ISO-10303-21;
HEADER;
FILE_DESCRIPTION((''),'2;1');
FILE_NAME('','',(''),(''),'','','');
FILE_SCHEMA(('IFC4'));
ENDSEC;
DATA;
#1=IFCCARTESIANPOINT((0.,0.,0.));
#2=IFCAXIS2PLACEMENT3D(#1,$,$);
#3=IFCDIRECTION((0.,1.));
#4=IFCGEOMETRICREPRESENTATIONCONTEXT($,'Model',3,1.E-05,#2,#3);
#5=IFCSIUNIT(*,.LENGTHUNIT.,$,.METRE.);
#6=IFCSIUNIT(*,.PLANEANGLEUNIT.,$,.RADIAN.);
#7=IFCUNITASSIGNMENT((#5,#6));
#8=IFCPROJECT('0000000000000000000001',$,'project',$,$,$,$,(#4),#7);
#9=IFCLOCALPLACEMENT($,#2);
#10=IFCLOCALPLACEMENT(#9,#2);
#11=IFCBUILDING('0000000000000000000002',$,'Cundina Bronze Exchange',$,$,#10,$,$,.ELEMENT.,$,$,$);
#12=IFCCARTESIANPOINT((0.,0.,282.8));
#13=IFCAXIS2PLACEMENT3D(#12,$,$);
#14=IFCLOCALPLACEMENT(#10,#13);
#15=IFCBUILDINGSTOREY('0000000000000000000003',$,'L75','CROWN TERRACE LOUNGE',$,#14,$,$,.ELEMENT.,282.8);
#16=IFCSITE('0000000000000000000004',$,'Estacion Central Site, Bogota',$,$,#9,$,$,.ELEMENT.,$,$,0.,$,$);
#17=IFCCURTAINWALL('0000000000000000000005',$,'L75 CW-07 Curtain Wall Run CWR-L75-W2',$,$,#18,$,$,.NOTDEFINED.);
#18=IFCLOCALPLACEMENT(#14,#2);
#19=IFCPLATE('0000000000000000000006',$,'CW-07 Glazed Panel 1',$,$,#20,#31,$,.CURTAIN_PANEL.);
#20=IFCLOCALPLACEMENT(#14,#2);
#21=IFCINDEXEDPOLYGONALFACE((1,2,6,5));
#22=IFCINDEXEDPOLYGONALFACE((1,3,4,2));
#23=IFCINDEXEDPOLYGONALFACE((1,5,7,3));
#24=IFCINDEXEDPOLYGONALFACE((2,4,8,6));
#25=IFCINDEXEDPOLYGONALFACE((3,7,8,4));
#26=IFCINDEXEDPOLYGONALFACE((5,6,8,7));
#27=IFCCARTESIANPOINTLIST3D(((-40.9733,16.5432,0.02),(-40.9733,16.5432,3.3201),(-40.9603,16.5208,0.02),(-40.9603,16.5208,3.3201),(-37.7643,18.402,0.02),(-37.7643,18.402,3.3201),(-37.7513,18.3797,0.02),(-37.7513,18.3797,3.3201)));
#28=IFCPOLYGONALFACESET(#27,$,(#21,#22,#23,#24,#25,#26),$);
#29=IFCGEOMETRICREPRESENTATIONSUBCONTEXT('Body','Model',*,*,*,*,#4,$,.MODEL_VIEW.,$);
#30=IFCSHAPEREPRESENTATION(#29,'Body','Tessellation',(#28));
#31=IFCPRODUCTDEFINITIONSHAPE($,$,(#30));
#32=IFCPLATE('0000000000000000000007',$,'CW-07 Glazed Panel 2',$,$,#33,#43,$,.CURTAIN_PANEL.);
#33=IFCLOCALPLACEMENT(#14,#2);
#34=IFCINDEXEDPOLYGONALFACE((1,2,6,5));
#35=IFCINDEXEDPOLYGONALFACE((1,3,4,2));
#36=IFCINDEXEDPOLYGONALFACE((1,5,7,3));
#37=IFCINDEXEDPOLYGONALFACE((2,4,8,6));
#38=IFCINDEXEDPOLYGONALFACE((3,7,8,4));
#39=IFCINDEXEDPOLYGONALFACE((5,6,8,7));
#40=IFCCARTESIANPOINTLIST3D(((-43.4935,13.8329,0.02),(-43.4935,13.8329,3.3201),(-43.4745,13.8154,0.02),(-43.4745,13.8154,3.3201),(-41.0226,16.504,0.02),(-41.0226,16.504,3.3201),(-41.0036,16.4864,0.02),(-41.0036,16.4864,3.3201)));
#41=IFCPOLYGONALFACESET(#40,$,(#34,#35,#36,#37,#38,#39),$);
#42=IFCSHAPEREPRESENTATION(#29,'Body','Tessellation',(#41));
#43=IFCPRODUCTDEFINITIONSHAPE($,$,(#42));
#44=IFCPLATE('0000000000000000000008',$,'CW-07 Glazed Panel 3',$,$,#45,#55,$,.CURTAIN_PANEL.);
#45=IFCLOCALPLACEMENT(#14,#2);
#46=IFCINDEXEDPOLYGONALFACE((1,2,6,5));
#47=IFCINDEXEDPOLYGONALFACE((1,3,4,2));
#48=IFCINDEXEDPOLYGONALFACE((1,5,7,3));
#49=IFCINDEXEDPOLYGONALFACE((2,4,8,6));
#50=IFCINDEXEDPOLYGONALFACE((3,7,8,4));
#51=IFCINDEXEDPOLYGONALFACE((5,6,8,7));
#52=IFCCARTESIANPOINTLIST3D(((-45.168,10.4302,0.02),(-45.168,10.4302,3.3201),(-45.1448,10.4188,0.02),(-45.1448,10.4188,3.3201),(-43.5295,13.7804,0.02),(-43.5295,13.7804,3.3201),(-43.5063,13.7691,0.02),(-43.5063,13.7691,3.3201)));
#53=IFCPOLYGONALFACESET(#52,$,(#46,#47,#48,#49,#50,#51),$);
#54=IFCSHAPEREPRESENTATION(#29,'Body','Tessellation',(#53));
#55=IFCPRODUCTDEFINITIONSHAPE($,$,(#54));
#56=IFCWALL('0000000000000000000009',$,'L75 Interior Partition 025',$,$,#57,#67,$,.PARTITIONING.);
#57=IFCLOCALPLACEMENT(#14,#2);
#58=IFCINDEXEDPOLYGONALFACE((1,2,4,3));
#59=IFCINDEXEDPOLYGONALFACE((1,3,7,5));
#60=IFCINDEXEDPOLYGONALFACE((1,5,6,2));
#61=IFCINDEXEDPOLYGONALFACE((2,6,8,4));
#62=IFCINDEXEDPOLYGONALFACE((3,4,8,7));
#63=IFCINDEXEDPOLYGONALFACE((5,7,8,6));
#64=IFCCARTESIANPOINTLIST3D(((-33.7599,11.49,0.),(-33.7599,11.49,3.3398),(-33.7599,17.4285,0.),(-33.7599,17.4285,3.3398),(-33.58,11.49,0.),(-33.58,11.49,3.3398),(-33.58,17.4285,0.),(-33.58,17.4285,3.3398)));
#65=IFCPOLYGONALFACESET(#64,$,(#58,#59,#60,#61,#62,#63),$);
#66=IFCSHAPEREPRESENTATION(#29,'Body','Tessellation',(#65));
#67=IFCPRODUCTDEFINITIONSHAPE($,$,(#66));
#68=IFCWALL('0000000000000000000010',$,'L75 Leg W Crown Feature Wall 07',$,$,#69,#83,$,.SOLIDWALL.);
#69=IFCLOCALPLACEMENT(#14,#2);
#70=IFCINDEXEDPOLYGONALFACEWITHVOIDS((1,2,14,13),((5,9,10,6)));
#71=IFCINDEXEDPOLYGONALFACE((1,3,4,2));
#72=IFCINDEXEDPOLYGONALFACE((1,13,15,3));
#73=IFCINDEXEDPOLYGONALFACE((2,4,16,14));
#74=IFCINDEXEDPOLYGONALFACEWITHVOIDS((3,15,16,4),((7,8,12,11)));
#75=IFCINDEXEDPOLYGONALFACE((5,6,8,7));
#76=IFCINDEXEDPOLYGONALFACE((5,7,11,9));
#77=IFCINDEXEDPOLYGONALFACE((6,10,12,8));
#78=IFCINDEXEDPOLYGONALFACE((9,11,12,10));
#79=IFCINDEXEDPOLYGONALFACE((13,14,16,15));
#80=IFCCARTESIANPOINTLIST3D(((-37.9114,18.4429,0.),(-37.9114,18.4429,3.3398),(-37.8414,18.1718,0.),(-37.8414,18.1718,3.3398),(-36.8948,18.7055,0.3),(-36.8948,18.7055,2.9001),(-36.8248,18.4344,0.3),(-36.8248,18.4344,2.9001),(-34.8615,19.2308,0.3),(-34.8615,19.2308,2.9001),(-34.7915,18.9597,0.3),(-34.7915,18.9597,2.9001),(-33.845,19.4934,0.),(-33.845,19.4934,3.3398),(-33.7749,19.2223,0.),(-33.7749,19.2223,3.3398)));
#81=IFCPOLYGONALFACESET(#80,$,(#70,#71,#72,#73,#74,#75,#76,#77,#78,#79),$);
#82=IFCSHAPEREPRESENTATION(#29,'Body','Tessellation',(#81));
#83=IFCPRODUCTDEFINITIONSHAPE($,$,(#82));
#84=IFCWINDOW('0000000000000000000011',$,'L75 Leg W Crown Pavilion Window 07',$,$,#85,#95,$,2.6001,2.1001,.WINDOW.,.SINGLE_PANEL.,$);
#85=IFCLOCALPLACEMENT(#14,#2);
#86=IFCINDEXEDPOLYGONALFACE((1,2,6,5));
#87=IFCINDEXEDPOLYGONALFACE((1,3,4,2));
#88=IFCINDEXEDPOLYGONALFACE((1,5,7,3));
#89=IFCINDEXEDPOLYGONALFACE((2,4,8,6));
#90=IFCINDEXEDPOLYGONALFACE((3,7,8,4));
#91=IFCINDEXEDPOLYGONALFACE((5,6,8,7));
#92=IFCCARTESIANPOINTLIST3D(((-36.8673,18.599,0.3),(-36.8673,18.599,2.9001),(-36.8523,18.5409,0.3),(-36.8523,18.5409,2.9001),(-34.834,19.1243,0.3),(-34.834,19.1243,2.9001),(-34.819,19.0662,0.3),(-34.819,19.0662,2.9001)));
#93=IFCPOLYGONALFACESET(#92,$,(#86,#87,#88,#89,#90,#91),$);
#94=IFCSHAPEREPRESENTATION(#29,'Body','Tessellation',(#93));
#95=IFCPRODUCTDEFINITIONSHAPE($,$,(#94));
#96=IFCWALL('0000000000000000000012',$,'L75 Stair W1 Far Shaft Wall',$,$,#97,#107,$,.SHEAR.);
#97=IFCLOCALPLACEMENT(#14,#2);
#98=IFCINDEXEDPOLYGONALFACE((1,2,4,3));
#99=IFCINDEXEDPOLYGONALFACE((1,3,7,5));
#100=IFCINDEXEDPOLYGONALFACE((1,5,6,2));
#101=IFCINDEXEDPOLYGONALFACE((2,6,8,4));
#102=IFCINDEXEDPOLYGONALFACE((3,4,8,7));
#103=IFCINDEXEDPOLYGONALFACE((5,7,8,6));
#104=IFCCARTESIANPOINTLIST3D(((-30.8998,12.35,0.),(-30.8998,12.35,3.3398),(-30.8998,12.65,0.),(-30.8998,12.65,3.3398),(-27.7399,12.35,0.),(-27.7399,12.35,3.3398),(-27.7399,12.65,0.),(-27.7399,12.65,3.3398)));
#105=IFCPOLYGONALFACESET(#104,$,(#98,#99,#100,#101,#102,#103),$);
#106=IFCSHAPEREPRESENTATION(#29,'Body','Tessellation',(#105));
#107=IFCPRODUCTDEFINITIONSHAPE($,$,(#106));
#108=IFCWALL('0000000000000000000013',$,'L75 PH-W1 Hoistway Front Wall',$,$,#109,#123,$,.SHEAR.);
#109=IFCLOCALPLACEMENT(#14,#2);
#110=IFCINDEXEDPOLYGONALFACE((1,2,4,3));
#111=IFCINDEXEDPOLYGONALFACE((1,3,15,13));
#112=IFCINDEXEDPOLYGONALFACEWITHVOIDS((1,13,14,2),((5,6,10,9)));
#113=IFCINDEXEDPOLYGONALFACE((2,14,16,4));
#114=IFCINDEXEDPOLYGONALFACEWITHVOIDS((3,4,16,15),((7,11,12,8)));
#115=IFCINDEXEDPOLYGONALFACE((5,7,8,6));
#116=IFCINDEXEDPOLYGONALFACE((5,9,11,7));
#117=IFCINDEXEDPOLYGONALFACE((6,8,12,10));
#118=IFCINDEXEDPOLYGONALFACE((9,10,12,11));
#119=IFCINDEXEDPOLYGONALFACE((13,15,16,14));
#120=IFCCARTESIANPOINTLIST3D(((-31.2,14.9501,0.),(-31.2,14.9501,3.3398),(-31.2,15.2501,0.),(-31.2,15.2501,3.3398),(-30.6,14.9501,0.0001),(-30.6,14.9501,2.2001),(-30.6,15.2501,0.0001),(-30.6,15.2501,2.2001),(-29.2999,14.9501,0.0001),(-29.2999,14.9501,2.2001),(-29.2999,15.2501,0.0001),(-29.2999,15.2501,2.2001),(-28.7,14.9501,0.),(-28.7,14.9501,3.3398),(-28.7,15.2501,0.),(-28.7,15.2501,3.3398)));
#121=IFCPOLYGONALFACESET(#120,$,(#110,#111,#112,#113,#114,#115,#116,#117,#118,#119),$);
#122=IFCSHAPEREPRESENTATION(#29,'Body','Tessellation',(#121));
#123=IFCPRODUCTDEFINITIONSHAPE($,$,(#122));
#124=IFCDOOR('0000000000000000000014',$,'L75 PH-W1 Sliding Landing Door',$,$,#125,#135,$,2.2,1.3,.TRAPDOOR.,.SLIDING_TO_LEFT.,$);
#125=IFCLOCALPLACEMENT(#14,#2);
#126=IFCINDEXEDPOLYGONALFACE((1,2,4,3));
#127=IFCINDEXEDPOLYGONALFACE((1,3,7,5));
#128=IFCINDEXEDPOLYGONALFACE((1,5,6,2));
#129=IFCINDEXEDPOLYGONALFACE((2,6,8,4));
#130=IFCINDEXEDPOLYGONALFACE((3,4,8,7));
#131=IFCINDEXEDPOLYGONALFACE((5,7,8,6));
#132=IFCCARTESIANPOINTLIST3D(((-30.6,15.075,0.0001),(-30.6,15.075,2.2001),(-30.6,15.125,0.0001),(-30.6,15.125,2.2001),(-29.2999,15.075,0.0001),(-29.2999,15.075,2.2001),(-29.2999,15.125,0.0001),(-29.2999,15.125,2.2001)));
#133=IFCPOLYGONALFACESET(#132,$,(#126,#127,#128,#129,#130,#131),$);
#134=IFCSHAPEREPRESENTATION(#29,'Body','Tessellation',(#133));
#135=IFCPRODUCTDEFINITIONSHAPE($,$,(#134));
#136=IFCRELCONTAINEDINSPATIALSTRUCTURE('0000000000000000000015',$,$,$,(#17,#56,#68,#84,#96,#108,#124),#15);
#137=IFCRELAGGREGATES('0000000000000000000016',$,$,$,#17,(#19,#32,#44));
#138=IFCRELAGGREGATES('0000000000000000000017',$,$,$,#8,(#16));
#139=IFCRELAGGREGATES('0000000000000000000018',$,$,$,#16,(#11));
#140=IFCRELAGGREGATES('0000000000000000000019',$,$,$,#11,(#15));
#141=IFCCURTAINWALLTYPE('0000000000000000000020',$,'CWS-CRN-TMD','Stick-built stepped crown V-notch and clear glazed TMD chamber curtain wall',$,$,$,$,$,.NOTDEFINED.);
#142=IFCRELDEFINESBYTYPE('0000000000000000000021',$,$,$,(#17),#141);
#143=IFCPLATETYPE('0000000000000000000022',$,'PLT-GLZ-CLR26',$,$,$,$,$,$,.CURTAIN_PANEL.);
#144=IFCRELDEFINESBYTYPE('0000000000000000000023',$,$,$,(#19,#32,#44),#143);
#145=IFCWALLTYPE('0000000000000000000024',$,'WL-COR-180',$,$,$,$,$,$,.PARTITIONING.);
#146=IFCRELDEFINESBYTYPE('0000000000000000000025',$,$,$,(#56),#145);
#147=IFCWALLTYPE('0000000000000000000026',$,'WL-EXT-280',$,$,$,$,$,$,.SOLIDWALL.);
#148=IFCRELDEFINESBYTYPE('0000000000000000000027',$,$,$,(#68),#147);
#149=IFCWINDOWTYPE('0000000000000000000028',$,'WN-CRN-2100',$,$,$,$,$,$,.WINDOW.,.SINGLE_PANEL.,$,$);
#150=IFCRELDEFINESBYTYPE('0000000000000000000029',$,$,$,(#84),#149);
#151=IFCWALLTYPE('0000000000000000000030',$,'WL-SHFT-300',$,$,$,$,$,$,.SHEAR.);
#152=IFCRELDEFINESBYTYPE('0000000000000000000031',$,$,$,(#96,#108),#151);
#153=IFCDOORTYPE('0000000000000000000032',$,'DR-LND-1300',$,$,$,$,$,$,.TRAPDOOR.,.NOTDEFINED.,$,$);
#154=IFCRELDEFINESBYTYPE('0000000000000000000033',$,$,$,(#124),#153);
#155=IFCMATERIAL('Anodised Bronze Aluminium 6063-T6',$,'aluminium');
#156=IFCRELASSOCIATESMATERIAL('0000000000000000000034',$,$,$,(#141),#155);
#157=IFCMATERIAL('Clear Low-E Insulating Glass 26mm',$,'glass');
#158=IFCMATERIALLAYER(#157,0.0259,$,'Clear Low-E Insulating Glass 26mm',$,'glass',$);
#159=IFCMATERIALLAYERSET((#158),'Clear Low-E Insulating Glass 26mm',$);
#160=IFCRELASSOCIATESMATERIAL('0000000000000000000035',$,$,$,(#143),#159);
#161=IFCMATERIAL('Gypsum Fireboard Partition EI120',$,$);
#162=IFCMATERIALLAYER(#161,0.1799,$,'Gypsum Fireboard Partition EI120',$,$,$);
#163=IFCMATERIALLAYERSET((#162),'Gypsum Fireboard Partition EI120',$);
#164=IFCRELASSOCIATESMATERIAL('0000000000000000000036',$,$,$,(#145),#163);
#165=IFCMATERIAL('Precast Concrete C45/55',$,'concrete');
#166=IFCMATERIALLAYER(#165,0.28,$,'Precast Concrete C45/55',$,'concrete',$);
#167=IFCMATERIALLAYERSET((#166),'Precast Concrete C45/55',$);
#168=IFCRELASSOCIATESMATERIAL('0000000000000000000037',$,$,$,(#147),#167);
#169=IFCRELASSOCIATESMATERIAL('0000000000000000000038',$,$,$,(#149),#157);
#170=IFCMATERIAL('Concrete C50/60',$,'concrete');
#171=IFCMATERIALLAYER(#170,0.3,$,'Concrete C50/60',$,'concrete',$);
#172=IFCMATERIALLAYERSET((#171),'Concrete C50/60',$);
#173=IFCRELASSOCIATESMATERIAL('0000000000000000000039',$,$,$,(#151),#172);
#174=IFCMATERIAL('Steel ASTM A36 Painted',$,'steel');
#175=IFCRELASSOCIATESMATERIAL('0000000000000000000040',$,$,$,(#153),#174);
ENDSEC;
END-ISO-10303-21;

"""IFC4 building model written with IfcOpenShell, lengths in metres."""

from ifc_helpers import new_model, si_unit, direction, frame, frame_2d, origin, origin_2d, place, context, subcontext, project, spatial, rectangle, extrude, material, layer, layer_set, type_object, element, fill, aggregate, save


model = new_model("IFC4")

# Units and contexts
model_context = context("Model", 3, precision=1e-05, world=origin(), true_north=direction((0.0, 1.0)))
body_context = subcontext(model_context, "Body", "Model", "MODEL_VIEW")
ifc_project = project(units=[si_unit("LENGTHUNIT", "METRE"), si_unit("PLANEANGLEUNIT", "RADIAN")], contexts=[model_context])

# Site, building, storey
site_placement = place(None, origin())
site = spatial("IfcSite", under=ifc_project, at=site_placement, Name="Estacion Central Site, Bogota", CompositionType="ELEMENT", RefElevation=0.0)
building_placement = place(site_placement, origin())
building = spatial("IfcBuilding", under=site, at=building_placement, Name="Cundina Bronze Exchange", CompositionType="ELEMENT")
storey_placement = place(building_placement, frame((0.0, 0.0, 282.8)))
storey = spatial("IfcBuildingStorey", under=building, at=storey_placement, Name="L75", Description="CROWN TERRACE LOUNGE", CompositionType="ELEMENT", Elevation=282.8)

# Curtain wall
ifc_material_1 = material(Name="Anodised Bronze Aluminium 6063-T6", Category="aluminium")
curtain_wall_type = type_object("IfcCurtainWallType", Name="CWS-CRN-TMD", Description="Stick-built stepped crown V-notch and clear glazed TMD chamber curtain wall", PredefinedType="NOTDEFINED", material=ifc_material_1)
curtain_wall_placement = place(storey_placement, origin())
curtain_wall = element("IfcCurtainWall", 1, at=curtain_wall_placement, inside=storey, type_object=curtain_wall_type, Name="L75 CW-07 Curtain Wall Run CWR-L75-W2", PredefinedType="NOTDEFINED")

# Plates
ifc_material_2 = material(Name="Clear Low-E Insulating Glass 26mm", Category="glass")
ifc_layer_1 = layer(ifc_material_2, 0.0259, Name="Clear Low-E Insulating Glass 26mm", Category="glass")
ifc_layer_set_1 = layer_set([ifc_layer_1], Name="Clear Low-E Insulating Glass 26mm")
plate_type_1 = type_object("IfcPlateType", Name="PLT-GLZ-CLR26", PredefinedType="CURTAIN_PANEL", material=ifc_layer_set_1)
plate_1_placement = place(storey_placement, frame((-39.3623, 17.4614, 0.02), z_axis=(0.0, 0.0, 1.0), x_axis=(-0.865309, -0.501239, 0.0)))
plate_1 = element("IfcPlate", 2, at=plate_1_placement, type_object=plate_type_1, Name="CW-07 Glazed Panel 1", PredefinedType="CURTAIN_PANEL", context=body_context, shape_type="SweptSolid", body=[
    extrude(rectangle(XDim=3.7085, YDim=0.0259, at=origin_2d()), origin(), (0.0, 0.0, 1.0), 3.3),
])
plate_2_placement = place(storey_placement, frame((-42.2485, 15.1597, 0.02), z_axis=(0.0, 0.0, 1.0), x_axis=(-0.679083, -0.734062, 0.0)))
plate_2 = element("IfcPlate", 3, at=plate_2_placement, type_object=plate_type_1, Name="CW-07 Glazed Panel 2", PredefinedType="CURTAIN_PANEL", context=body_context, shape_type="SweptSolid", body=[
    extrude(rectangle(XDim=3.6387, YDim=0.0259, at=origin_2d()), origin(), (0.0, 0.0, 1.0), 3.3),
])
plate_3_placement = place(storey_placement, frame((-44.3372, 12.0996, 0.02), z_axis=(0.0, 0.0, 1.0), x_axis=(-0.439343, -0.898319, 0.0)))
plate_3 = element("IfcPlate", 4, at=plate_3_placement, type_object=plate_type_1, Name="CW-07 Glazed Panel 3", PredefinedType="CURTAIN_PANEL", context=body_context, shape_type="SweptSolid", body=[
    extrude(rectangle(XDim=3.7295, YDim=0.0259, at=origin_2d()), origin(), (0.0, 0.0, 1.0), 3.3),
])
aggregate(curtain_wall, [plate_1, plate_2, plate_3])

# Wall
ifc_material_3 = material(Name="Gypsum Fireboard Partition EI120")
ifc_layer_2 = layer(ifc_material_3, 0.1799, Name="Gypsum Fireboard Partition EI120")
ifc_layer_set_2 = layer_set([ifc_layer_2], Name="Gypsum Fireboard Partition EI120")
wall_type_1 = type_object("IfcWallType", Name="WL-COR-180", PredefinedType="PARTITIONING", material=ifc_layer_set_2)
wall_1_placement = place(storey_placement, frame((-33.6699, 17.4285, 0.0), z_axis=(0.0, 0.0, 1.0), x_axis=(0.0, -1.0, 0.0)))
element("IfcWall", 5, at=wall_1_placement, inside=storey, type_object=wall_type_1, Name="L75 Interior Partition 025", PredefinedType="PARTITIONING", context=body_context, shape_type="SweptSolid", body=[
    extrude(rectangle(XDim=5.9385, YDim=0.1799, at=frame_2d((2.9692, 0.0))), origin(), (0.0, 0.0, 1.0), 3.3398),
])

# Wall, opening, window
ifc_material_4 = material(Name="Precast Concrete C45/55", Category="concrete")
ifc_layer_3 = layer(ifc_material_4, 0.28, Name="Precast Concrete C45/55", Category="concrete")
ifc_layer_set_3 = layer_set([ifc_layer_3], Name="Precast Concrete C45/55")
wall_type_2 = type_object("IfcWallType", Name="WL-EXT-280", PredefinedType="SOLIDWALL", material=ifc_layer_set_3)
wall_2_placement = place(storey_placement, frame((-33.8098, 19.3579, 0.0), z_axis=(0.0, 0.0, 1.0), x_axis=(-0.968212, -0.250133, 0.0)))
wall_2 = element("IfcWall", 6, at=wall_2_placement, inside=storey, type_object=wall_type_2, Name="L75 Leg W Crown Feature Wall 07", PredefinedType="SOLIDWALL", context=body_context, shape_type="SweptSolid", body=[
    extrude(rectangle(XDim=4.2, YDim=0.28, at=frame_2d((2.1001, 0.0))), origin(), (0.0, 0.0, 1.0), 3.3398),
])
opening_1_placement = place(wall_2_placement, frame((1.05, 0.0, 0.3)))
opening_1 = element("IfcOpeningElement", 7, at=opening_1_placement, cuts=wall_2, PredefinedType="OPENING", context=body_context, shape_type="SweptSolid", body=[
    extrude(rectangle(XDim=2.1001, YDim=2.6001, at=frame_2d((1.05, 1.3))), frame((0.0, 0.1499, 0.0), z_axis=(0.0, -1.0, 0.0), x_axis=(1.0, 0.0, 0.0)), (0.0, 0.0, 1.0), 0.3),
])
window_type = type_object("IfcWindowType", Name="WN-CRN-2100", PartitioningType="SINGLE_PANEL", PredefinedType="WINDOW", material=ifc_material_2)
window_placement = place(opening_1_placement, origin())
window = element("IfcWindow", 8, at=window_placement, inside=storey, type_object=window_type, Name="L75 Leg W Crown Pavilion Window 07", OverallHeight=2.6001, OverallWidth=2.1001, PartitioningType="SINGLE_PANEL", PredefinedType="WINDOW", context=body_context, shape_type="SweptSolid", body=[
    extrude(rectangle(XDim=2.1001, YDim=2.6001, at=frame_2d((1.05, 1.3))), frame((0.0, 0.03, 0.0), z_axis=(0.0, -1.0, 0.0), x_axis=(1.0, 0.0, 0.0)), (0.0, 0.0, 1.0), 0.0601),
])
fill(opening_1, window)

# Wall
ifc_material_5 = material(Name="Concrete C50/60", Category="concrete")
ifc_layer_4 = layer(ifc_material_5, 0.3, Name="Concrete C50/60", Category="concrete")
ifc_layer_set_4 = layer_set([ifc_layer_4], Name="Concrete C50/60")
wall_type_3 = type_object("IfcWallType", Name="WL-SHFT-300", PredefinedType="SHEAR", material=ifc_layer_set_4)
wall_3_placement = place(storey_placement, frame((-30.8999, 12.5, 0.0), z_axis=(0.0, 0.0, 1.0), x_axis=(1.0, 0.0, 0.0)))
element("IfcWall", 9, at=wall_3_placement, inside=storey, type_object=wall_type_3, Name="L75 Stair W1 Far Shaft Wall", PredefinedType="SHEAR", context=body_context, shape_type="SweptSolid", body=[
    extrude(rectangle(XDim=3.1599, YDim=0.3, at=frame_2d((1.5801, 0.0))), origin(), (0.0, 0.0, 1.0), 3.3398),
])

# Wall, opening, door
wall_4_placement = place(storey_placement, frame((-31.2, 15.1001, 0.0), z_axis=(0.0, 0.0, 1.0), x_axis=(1.0, 0.0, 0.0)))
wall_4 = element("IfcWall", 10, at=wall_4_placement, inside=storey, type_object=wall_type_3, Name="L75 PH-W1 Hoistway Front Wall", PredefinedType="SHEAR", context=body_context, shape_type="SweptSolid", body=[
    extrude(rectangle(XDim=2.5, YDim=0.3, at=frame_2d((1.25, 0.0))), origin(), (0.0, 0.0, 1.0), 3.3398),
])
opening_2_placement = place(wall_4_placement, frame((0.6001, 0.0, 0.0)))
opening_2 = element("IfcOpeningElement", 11, at=opening_2_placement, cuts=wall_4, PredefinedType="OPENING", context=body_context, shape_type="SweptSolid", body=[
    extrude(rectangle(XDim=1.3, YDim=2.2, at=frame_2d((0.6499, 1.1001))), frame((0.0, 0.1599, 0.0), z_axis=(0.0, -1.0, 0.0), x_axis=(1.0, 0.0, 0.0)), (0.0, 0.0, 1.0), 0.3201),
])
ifc_material_6 = material(Name="Steel ASTM A36 Painted", Category="steel")
door_type = type_object("IfcDoorType", Name="DR-LND-1300", OperationType="NOTDEFINED", PredefinedType="TRAPDOOR", material=ifc_material_6)
door_placement = place(opening_2_placement, origin())
door = element("IfcDoor", 12, at=door_placement, inside=storey, type_object=door_type, Name="L75 PH-W1 Sliding Landing Door", OperationType="SLIDING_TO_LEFT", OverallHeight=2.2, OverallWidth=1.3, PredefinedType="TRAPDOOR", context=body_context, shape_type="SweptSolid", body=[
    extrude(rectangle(XDim=1.3, YDim=2.2, at=frame_2d((0.6499, 1.1001))), frame((0.0, 0.0249, 0.0), z_axis=(0.0, -1.0, 0.0), x_axis=(1.0, 0.0, 0.0)), (0.0, 0.0, 1.0), 0.05),
])
fill(opening_2, door)

save(model, "model.ifc")
